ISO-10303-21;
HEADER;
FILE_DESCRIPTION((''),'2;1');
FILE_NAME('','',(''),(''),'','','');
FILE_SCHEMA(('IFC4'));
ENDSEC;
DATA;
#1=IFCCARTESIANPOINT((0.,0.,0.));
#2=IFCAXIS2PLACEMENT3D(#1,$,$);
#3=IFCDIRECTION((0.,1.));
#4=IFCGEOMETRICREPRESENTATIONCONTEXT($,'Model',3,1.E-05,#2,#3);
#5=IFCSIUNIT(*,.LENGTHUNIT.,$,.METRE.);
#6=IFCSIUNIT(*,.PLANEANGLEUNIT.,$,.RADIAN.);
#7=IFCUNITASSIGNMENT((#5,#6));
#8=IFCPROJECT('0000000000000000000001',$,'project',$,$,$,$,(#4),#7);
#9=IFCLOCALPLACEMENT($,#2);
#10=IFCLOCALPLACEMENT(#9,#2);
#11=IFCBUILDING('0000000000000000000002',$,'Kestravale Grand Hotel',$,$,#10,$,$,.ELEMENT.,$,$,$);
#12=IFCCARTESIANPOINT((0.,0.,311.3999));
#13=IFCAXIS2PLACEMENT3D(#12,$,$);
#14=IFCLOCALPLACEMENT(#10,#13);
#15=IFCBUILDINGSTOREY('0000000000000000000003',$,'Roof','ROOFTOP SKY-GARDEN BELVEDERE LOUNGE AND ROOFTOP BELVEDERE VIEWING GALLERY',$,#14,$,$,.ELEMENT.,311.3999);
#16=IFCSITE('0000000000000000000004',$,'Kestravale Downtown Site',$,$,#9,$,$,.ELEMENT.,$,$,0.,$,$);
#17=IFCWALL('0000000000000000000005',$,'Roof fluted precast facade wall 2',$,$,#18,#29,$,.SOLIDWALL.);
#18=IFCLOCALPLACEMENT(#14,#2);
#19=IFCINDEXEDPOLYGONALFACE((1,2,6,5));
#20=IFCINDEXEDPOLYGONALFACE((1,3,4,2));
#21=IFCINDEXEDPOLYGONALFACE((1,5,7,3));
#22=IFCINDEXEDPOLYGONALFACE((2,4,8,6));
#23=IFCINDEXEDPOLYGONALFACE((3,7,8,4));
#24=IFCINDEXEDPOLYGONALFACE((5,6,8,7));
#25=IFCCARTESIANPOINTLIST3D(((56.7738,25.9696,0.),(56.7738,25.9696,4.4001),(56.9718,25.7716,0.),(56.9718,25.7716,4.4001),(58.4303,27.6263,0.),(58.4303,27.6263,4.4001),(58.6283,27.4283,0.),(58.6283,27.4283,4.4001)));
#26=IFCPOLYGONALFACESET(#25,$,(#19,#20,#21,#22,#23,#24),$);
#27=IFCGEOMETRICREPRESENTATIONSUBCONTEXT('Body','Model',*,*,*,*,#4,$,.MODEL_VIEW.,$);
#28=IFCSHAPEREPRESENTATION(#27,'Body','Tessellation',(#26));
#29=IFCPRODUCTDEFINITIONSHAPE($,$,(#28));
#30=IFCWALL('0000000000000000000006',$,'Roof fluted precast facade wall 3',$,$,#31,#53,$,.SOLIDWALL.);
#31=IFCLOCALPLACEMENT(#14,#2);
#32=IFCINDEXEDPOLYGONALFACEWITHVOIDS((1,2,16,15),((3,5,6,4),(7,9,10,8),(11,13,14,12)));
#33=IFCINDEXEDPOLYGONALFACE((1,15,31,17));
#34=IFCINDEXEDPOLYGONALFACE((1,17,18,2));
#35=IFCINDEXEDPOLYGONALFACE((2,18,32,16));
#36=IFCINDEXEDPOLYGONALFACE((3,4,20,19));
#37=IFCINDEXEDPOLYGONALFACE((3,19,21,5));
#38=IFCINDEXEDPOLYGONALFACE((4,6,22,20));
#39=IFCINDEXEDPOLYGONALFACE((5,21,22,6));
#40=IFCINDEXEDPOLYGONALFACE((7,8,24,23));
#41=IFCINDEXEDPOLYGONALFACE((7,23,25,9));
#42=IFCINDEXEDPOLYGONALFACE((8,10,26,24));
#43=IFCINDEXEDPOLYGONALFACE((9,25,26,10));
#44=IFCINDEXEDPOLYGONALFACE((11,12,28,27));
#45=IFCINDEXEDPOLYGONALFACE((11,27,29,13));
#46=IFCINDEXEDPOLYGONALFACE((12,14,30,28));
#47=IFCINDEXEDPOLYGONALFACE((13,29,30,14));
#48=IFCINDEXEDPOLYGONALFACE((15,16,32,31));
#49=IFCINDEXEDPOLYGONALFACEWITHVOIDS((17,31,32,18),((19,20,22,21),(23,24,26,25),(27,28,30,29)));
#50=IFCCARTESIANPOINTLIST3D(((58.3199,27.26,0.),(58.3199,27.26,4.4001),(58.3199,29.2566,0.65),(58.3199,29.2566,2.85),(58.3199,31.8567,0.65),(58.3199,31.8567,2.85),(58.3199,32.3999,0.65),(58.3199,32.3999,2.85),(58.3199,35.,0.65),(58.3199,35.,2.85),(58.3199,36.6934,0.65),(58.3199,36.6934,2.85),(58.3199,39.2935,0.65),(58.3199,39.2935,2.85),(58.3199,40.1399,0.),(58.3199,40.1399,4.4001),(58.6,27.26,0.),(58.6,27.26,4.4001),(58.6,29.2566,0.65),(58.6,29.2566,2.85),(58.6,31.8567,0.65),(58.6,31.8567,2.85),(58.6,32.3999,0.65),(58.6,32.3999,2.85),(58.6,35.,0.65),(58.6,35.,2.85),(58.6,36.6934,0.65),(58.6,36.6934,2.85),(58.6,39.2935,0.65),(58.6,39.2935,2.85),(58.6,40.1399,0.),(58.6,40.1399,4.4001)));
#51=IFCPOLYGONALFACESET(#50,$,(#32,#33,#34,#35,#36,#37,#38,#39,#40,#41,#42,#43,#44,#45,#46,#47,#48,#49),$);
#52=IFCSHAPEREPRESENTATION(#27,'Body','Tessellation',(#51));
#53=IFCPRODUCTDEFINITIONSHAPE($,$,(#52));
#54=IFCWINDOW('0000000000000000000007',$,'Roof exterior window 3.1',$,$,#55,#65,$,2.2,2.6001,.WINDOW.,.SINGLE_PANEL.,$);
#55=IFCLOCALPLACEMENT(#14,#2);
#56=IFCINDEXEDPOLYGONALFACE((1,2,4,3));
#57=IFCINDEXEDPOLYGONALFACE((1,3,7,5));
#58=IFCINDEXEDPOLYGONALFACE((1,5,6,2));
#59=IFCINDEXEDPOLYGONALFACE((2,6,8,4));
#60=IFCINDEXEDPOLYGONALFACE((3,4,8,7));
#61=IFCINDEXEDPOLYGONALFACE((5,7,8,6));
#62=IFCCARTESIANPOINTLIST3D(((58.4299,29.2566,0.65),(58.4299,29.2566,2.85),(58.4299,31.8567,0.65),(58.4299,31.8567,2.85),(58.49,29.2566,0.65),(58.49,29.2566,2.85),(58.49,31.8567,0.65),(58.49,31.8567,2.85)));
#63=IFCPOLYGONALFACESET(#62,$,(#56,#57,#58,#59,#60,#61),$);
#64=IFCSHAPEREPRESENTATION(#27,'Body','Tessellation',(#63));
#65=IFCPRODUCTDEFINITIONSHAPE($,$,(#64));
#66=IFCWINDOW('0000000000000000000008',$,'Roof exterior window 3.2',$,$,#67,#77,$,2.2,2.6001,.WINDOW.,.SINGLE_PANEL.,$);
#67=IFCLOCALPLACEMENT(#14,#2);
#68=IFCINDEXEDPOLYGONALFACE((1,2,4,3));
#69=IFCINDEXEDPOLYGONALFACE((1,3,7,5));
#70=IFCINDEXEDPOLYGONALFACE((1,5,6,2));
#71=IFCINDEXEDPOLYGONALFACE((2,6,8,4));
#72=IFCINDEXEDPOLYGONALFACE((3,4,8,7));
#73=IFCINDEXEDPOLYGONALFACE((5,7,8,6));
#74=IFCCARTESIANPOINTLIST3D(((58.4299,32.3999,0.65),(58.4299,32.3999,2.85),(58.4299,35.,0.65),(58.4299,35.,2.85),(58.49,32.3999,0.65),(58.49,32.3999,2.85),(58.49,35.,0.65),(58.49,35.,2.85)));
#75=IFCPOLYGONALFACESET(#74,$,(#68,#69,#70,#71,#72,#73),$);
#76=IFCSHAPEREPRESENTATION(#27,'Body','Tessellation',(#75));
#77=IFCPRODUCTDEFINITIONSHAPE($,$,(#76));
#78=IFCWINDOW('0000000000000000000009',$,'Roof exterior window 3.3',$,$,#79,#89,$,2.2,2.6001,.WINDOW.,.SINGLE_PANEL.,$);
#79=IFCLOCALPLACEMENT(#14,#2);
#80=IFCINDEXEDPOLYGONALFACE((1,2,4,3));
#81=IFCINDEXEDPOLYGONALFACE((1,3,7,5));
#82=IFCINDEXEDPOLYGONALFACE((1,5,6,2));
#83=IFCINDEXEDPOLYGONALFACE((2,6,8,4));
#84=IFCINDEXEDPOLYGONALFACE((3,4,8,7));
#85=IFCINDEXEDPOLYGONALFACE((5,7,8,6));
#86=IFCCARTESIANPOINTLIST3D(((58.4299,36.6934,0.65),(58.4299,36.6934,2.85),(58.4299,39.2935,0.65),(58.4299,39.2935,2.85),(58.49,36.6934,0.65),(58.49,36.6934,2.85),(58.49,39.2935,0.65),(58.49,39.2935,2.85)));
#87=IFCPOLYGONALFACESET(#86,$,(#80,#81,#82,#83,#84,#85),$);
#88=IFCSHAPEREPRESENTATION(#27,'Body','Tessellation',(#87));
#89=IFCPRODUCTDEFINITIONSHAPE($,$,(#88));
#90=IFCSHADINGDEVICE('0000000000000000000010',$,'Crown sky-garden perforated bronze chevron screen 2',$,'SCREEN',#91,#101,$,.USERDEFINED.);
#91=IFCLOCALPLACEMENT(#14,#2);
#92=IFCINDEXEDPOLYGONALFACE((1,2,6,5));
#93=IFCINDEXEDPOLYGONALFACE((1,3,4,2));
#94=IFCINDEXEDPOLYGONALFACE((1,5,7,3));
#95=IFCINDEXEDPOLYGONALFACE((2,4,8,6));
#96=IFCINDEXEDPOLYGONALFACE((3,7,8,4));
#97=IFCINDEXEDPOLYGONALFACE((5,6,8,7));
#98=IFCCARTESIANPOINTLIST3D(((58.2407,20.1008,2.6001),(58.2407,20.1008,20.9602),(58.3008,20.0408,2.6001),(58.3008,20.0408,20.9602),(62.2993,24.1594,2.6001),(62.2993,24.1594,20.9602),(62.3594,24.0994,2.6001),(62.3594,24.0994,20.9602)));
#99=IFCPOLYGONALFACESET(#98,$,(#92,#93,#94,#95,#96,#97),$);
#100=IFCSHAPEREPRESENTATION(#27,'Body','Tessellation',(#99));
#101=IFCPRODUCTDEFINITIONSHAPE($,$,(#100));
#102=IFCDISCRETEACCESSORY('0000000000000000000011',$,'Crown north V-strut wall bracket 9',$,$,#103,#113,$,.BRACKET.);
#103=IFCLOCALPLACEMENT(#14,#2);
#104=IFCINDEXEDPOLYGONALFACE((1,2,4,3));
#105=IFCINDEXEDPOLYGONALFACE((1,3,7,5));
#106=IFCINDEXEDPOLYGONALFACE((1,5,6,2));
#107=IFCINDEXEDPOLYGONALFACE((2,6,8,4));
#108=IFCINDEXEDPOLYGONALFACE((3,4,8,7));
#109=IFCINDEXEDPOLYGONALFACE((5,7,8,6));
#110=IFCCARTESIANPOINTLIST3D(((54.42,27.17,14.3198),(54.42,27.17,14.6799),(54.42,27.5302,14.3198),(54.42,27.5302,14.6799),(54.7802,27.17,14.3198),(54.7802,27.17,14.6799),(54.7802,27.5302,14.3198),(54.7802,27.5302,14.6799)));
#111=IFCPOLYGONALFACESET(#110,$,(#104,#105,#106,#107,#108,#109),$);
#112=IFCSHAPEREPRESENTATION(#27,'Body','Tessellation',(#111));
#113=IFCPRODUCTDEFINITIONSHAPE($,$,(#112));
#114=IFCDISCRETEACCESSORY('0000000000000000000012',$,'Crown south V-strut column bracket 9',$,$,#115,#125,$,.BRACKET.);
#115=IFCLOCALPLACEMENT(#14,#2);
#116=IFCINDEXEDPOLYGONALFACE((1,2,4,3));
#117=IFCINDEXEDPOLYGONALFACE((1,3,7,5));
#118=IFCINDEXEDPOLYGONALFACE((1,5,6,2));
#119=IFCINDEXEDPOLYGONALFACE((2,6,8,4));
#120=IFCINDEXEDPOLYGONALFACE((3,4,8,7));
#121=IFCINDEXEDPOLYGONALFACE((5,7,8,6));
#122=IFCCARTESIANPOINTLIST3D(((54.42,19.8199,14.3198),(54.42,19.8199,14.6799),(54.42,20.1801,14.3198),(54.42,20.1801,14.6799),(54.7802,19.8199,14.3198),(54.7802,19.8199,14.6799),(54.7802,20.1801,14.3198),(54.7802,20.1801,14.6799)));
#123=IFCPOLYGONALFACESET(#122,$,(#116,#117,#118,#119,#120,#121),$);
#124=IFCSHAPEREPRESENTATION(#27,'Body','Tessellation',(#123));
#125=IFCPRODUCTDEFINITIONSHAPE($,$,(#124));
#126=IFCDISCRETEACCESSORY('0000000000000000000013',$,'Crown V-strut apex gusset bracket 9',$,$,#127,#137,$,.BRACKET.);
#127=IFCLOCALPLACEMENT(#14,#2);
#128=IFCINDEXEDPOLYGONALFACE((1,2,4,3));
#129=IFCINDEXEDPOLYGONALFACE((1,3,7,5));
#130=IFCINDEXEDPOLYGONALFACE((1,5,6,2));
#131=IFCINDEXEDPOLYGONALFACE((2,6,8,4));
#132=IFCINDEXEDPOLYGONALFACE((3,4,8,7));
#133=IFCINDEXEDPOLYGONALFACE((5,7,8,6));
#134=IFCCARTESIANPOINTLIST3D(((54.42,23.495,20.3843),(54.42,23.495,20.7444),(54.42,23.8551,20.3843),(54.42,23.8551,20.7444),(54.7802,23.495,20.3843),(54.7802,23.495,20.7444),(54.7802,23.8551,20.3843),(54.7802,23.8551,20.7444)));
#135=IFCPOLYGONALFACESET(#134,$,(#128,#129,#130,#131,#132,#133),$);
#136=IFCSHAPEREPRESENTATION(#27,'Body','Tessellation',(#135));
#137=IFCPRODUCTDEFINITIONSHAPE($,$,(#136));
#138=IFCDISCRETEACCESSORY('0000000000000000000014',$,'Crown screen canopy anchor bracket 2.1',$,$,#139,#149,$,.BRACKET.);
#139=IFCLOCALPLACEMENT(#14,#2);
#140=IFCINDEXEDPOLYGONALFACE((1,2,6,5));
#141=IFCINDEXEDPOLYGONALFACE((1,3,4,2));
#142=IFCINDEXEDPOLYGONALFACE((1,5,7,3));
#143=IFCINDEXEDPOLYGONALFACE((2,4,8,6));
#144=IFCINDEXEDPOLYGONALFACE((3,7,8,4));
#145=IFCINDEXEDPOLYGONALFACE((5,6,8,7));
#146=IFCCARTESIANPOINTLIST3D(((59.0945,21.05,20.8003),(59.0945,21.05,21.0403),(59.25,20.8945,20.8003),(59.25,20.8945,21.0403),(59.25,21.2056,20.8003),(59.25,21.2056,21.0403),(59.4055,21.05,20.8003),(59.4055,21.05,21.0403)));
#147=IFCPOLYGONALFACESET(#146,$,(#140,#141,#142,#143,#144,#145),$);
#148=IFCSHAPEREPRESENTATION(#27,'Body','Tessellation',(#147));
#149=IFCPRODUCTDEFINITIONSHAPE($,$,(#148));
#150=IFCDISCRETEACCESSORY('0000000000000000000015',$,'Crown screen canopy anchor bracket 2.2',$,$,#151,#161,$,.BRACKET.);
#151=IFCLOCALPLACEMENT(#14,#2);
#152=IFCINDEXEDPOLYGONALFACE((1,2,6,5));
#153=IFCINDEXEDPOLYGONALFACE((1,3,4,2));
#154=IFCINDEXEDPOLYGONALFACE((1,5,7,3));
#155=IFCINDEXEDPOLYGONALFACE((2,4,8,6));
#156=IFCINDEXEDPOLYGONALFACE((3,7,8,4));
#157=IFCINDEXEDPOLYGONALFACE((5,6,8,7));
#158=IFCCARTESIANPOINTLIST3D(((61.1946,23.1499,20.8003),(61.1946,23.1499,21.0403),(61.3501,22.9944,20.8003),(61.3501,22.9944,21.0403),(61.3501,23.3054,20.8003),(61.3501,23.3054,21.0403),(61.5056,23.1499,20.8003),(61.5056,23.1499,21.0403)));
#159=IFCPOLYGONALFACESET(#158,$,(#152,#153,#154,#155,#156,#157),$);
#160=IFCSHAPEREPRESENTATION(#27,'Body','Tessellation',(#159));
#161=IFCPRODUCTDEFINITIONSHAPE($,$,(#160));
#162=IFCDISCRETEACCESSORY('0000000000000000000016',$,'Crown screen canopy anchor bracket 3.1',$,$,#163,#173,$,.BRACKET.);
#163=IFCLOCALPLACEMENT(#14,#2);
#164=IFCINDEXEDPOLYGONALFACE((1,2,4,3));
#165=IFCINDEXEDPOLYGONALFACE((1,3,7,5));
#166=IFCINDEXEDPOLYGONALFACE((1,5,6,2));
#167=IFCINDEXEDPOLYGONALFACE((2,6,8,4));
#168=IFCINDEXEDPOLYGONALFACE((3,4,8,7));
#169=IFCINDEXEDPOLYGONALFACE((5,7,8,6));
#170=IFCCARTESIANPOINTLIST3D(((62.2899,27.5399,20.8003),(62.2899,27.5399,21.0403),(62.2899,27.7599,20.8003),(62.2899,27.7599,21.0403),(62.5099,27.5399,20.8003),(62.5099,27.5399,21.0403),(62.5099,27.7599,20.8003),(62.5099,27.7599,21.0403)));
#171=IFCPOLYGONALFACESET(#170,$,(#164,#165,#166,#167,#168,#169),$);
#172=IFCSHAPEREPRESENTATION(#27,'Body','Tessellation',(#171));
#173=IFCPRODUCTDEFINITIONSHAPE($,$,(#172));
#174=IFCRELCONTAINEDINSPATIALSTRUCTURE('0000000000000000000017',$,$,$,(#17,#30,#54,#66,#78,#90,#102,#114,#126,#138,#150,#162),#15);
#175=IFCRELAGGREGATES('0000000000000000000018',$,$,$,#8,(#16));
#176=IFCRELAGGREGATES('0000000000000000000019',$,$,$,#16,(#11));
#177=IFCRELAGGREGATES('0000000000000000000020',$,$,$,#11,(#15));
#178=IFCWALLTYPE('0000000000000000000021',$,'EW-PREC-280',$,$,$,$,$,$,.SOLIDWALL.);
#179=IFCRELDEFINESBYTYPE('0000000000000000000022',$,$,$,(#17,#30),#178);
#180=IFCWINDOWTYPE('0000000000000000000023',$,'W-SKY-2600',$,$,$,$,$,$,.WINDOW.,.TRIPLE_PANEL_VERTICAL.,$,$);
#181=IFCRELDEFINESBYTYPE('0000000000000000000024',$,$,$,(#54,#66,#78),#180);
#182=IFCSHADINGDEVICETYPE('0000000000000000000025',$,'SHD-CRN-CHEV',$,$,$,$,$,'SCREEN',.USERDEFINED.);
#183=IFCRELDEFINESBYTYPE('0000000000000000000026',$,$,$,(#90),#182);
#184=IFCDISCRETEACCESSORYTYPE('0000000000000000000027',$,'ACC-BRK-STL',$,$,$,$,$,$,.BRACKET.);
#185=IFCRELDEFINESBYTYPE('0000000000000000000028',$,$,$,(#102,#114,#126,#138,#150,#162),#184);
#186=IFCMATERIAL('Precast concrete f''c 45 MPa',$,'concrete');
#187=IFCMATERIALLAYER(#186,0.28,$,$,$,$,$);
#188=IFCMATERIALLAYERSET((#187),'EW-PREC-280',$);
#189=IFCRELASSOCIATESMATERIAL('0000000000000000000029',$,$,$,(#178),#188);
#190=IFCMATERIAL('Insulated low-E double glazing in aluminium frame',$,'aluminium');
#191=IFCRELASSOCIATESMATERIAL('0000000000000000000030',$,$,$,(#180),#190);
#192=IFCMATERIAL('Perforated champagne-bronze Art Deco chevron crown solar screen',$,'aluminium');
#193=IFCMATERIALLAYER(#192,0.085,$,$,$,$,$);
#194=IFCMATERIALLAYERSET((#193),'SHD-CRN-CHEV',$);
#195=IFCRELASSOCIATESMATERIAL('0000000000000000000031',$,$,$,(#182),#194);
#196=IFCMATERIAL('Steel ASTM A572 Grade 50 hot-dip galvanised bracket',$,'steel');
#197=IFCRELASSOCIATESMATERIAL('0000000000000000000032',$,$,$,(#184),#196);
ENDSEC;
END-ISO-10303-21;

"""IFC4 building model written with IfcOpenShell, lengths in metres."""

from ifc_helpers import new_model, si_unit, direction, frame, frame_2d, origin, origin_2d, place, context, subcontext, project, spatial, rectangle, extrude, material, layer, layer_set, type_object, element, fill, save


model = new_model("IFC4")

# Units and contexts
model_context = context("Model", 3, precision=1e-05, world=origin(), true_north=direction((0.0, 1.0)))
body_context = subcontext(model_context, "Body", "Model", "MODEL_VIEW")
ifc_project = project(units=[si_unit("LENGTHUNIT", "METRE"), si_unit("PLANEANGLEUNIT", "RADIAN")], contexts=[model_context])

# Site, building, storey
site_placement = place(None, origin())
site = spatial("IfcSite", under=ifc_project, at=site_placement, Name="Kestravale Downtown Site", CompositionType="ELEMENT", RefElevation=0.0)
building_placement = place(site_placement, origin())
building = spatial("IfcBuilding", under=site, at=building_placement, Name="Kestravale Grand Hotel", CompositionType="ELEMENT")
storey_placement = place(building_placement, frame((0.0, 0.0, 311.3999)))
storey = spatial("IfcBuildingStorey", under=building, at=storey_placement, Name="Roof", Description="ROOFTOP SKY-GARDEN BELVEDERE LOUNGE AND ROOFTOP BELVEDERE VIEWING GALLERY", CompositionType="ELEMENT", Elevation=311.3999)

# Wall
ifc_material_1 = material(Name="Precast concrete f'c 45 MPa", Category="concrete")
ifc_layer_1 = layer(ifc_material_1, 0.28)
ifc_layer_set_1 = layer_set([ifc_layer_1], Name="EW-PREC-280")
wall_type_1 = type_object("IfcWallType", Name="EW-PREC-280", PredefinedType="SOLIDWALL", material=ifc_layer_set_1)
wall_1_placement = place(storey_placement, frame((56.8728, 25.8706, 0.0), z_axis=(0.0, 0.0, 1.0), x_axis=(0.707055, 0.707159, 0.0)))
element("IfcWall", 1, at=wall_1_placement, inside=storey, type_object=wall_type_1, Name="Roof fluted precast facade wall 2", PredefinedType="SOLIDWALL", context=body_context, shape_type="SweptSolid", body=[
    extrude(rectangle(XDim=2.3428, YDim=0.28, at=frame_2d((1.1714, 0.0))), origin(), (0.0, 0.0, 1.0), 4.4001),
])

# Wall, openings, windows
wall_2_placement = place(storey_placement, frame((58.46, 27.26, 0.0), z_axis=(0.0, 0.0, 1.0), x_axis=(0.0, 1.0, 0.0)))
wall_2 = element("IfcWall", 2, at=wall_2_placement, inside=storey, type_object=wall_type_1, Name="Roof fluted precast facade wall 3", PredefinedType="SOLIDWALL", context=body_context, shape_type="SweptSolid", body=[
    extrude(rectangle(XDim=12.8799, YDim=0.28, at=frame_2d((6.4399, 0.0))), origin(), (0.0, 0.0, 1.0), 4.4001),
])
opening_1_placement = place(wall_2_placement, frame((1.9966, 0.0, 0.6499)))
opening_1 = element("IfcOpeningElement", 3, at=opening_1_placement, cuts=wall_2, PredefinedType="OPENING", context=body_context, shape_type="SweptSolid", body=[
    extrude(rectangle(XDim=2.6001, YDim=2.2, at=frame_2d((1.3, 1.1001))), frame((0.0, 0.1499, 0.0), z_axis=(0.0, -1.0, 0.0), x_axis=(1.0, 0.0, 0.0)), (0.0, 0.0, 1.0), 0.3),
])
opening_2_placement = place(wall_2_placement, frame((5.1399, 0.0, 0.6499)))
opening_2 = element("IfcOpeningElement", 4, at=opening_2_placement, cuts=wall_2, PredefinedType="OPENING", context=body_context, shape_type="SweptSolid", body=[
    extrude(rectangle(XDim=2.6001, YDim=2.2, at=frame_2d((1.3, 1.1001))), frame((0.0, 0.1499, 0.0), z_axis=(0.0, -1.0, 0.0), x_axis=(1.0, 0.0, 0.0)), (0.0, 0.0, 1.0), 0.3),
])
opening_3_placement = place(wall_2_placement, frame((9.4333, 0.0, 0.6499)))
opening_3 = element("IfcOpeningElement", 5, at=opening_3_placement, cuts=wall_2, PredefinedType="OPENING", context=body_context, shape_type="SweptSolid", body=[
    extrude(rectangle(XDim=2.6001, YDim=2.2, at=frame_2d((1.3, 1.1001))), frame((0.0, 0.1499, 0.0), z_axis=(0.0, -1.0, 0.0), x_axis=(1.0, 0.0, 0.0)), (0.0, 0.0, 1.0), 0.3),
])
ifc_material_2 = material(Name="Insulated low-E double glazing in aluminium frame", Category="aluminium")
window_type = type_object("IfcWindowType", Name="W-SKY-2600", PartitioningType="TRIPLE_PANEL_VERTICAL", PredefinedType="WINDOW", material=ifc_material_2)
window_1_placement = place(opening_1_placement, origin())
window_1 = element("IfcWindow", 6, at=window_1_placement, inside=storey, type_object=window_type, Name="Roof exterior window 3.1", OverallHeight=2.2, OverallWidth=2.6001, PartitioningType="SINGLE_PANEL", PredefinedType="WINDOW", context=body_context, shape_type="SweptSolid", body=[
    extrude(rectangle(XDim=2.6001, YDim=2.2, at=frame_2d((1.3, 1.1001))), frame((0.0, 0.03, 0.0), z_axis=(0.0, -1.0, 0.0), x_axis=(1.0, 0.0, 0.0)), (0.0, 0.0, 1.0), 0.0601),
])
fill(opening_1, window_1)
window_2_placement = place(opening_2_placement, origin())
window_2 = element("IfcWindow", 7, at=window_2_placement, inside=storey, type_object=window_type, Name="Roof exterior window 3.2", OverallHeight=2.2, OverallWidth=2.6001, PartitioningType="SINGLE_PANEL", PredefinedType="WINDOW", context=body_context, shape_type="SweptSolid", body=[
    extrude(rectangle(XDim=2.6001, YDim=2.2, at=frame_2d((1.3, 1.1001))), frame((0.0, 0.03, 0.0), z_axis=(0.0, -1.0, 0.0), x_axis=(1.0, 0.0, 0.0)), (0.0, 0.0, 1.0), 0.0601),
])
fill(opening_2, window_2)
window_3_placement = place(opening_3_placement, origin())
window_3 = element("IfcWindow", 8, at=window_3_placement, inside=storey, type_object=window_type, Name="Roof exterior window 3.3", OverallHeight=2.2, OverallWidth=2.6001, PartitioningType="SINGLE_PANEL", PredefinedType="WINDOW", context=body_context, shape_type="SweptSolid", body=[
    extrude(rectangle(XDim=2.6001, YDim=2.2, at=frame_2d((1.3, 1.1001))), frame((0.0, 0.03, 0.0), z_axis=(0.0, -1.0, 0.0), x_axis=(1.0, 0.0, 0.0)), (0.0, 0.0, 1.0), 0.0601),
])
fill(opening_3, window_3)

# Shading device
ifc_material_3 = material(Name="Perforated champagne-bronze Art Deco chevron crown solar screen", Category="aluminium")
ifc_layer_2 = layer(ifc_material_3, 0.085)
ifc_layer_set_2 = layer_set([ifc_layer_2], Name="SHD-CRN-CHEV")
shading_device_type = type_object("IfcShadingDeviceType", Name="SHD-CRN-CHEV", ElementType="SCREEN", PredefinedType="USERDEFINED", material=ifc_layer_set_2)
shading_device_placement = place(storey_placement, frame((60.3, 22.1001, 2.6001), z_axis=(0.0, 0.0, 1.0), x_axis=(0.707107, 0.707107, 0.0)))
element("IfcShadingDevice", 9, at=shading_device_placement, inside=storey, type_object=shading_device_type, Name="Crown sky-garden perforated bronze chevron screen 2", ObjectType="SCREEN", PredefinedType="USERDEFINED", context=body_context, shape_type="SweptSolid", body=[
    extrude(rectangle(XDim=5.7397, YDim=0.085, at=origin_2d()), origin(), (0.0, 0.0, 1.0), 18.3601),
])

# Discrete accessories
ifc_material_4 = material(Name="Steel ASTM A572 Grade 50 hot-dip galvanised bracket", Category="steel")
discrete_accessory_type = type_object("IfcDiscreteAccessoryType", Name="ACC-BRK-STL", PredefinedType="BRACKET", material=ifc_material_4)
for number, where, z_axis, x_axis, name in (
    (10, (54.6001, 27.3501, 14.3198), (0.0, 0.0, 1.0), (1.0, 0.0, 0.0), "Crown north V-strut wall bracket 9"),
    (11, (54.6001, 20.0, 14.3198), (0.0, 0.0, 1.0), (1.0, 0.0, 0.0), "Crown south V-strut column bracket 9"),
    (12, (54.6001, 23.675, 20.3843), (0.0, 0.0, 1.0), (1.0, 0.0, 0.0), "Crown V-strut apex gusset bracket 9"),
):
    element("IfcDiscreteAccessory", number, at=place(storey_placement, frame(where, z_axis=z_axis, x_axis=x_axis)), inside=storey, type_object=discrete_accessory_type, Name=name, PredefinedType="BRACKET", context=body_context, shape_type="SweptSolid", body=[
        extrude(rectangle(XDim=0.3601, YDim=0.3601, at=origin_2d()), origin(), (0.0, 0.0, 1.0), 0.3601),
    ])
for number, where, z_axis, x_axis, name in (
    (13, (59.25, 21.05, 20.8003), (0.0, 0.0, 1.0), (0.707107, 0.707107, 0.0), "Crown screen canopy anchor bracket 2.1"),
    (14, (61.3501, 23.1499, 20.8003), (0.0, 0.0, 1.0), (0.707107, 0.707107, 0.0), "Crown screen canopy anchor bracket 2.2"),
    (15, (62.3999, 27.6499, 20.8003), (0.0, 0.0, 1.0), (0.0, 1.0, 0.0), "Crown screen canopy anchor bracket 3.1"),
):
    element("IfcDiscreteAccessory", number, at=place(storey_placement, frame(where, z_axis=z_axis, x_axis=x_axis)), inside=storey, type_object=discrete_accessory_type, Name=name, PredefinedType="BRACKET", context=body_context, shape_type="SweptSolid", body=[
        extrude(rectangle(XDim=0.22, YDim=0.22, at=origin_2d()), origin(), (0.0, 0.0, 1.0), 0.24),
    ])

save(model, "model.ifc")
